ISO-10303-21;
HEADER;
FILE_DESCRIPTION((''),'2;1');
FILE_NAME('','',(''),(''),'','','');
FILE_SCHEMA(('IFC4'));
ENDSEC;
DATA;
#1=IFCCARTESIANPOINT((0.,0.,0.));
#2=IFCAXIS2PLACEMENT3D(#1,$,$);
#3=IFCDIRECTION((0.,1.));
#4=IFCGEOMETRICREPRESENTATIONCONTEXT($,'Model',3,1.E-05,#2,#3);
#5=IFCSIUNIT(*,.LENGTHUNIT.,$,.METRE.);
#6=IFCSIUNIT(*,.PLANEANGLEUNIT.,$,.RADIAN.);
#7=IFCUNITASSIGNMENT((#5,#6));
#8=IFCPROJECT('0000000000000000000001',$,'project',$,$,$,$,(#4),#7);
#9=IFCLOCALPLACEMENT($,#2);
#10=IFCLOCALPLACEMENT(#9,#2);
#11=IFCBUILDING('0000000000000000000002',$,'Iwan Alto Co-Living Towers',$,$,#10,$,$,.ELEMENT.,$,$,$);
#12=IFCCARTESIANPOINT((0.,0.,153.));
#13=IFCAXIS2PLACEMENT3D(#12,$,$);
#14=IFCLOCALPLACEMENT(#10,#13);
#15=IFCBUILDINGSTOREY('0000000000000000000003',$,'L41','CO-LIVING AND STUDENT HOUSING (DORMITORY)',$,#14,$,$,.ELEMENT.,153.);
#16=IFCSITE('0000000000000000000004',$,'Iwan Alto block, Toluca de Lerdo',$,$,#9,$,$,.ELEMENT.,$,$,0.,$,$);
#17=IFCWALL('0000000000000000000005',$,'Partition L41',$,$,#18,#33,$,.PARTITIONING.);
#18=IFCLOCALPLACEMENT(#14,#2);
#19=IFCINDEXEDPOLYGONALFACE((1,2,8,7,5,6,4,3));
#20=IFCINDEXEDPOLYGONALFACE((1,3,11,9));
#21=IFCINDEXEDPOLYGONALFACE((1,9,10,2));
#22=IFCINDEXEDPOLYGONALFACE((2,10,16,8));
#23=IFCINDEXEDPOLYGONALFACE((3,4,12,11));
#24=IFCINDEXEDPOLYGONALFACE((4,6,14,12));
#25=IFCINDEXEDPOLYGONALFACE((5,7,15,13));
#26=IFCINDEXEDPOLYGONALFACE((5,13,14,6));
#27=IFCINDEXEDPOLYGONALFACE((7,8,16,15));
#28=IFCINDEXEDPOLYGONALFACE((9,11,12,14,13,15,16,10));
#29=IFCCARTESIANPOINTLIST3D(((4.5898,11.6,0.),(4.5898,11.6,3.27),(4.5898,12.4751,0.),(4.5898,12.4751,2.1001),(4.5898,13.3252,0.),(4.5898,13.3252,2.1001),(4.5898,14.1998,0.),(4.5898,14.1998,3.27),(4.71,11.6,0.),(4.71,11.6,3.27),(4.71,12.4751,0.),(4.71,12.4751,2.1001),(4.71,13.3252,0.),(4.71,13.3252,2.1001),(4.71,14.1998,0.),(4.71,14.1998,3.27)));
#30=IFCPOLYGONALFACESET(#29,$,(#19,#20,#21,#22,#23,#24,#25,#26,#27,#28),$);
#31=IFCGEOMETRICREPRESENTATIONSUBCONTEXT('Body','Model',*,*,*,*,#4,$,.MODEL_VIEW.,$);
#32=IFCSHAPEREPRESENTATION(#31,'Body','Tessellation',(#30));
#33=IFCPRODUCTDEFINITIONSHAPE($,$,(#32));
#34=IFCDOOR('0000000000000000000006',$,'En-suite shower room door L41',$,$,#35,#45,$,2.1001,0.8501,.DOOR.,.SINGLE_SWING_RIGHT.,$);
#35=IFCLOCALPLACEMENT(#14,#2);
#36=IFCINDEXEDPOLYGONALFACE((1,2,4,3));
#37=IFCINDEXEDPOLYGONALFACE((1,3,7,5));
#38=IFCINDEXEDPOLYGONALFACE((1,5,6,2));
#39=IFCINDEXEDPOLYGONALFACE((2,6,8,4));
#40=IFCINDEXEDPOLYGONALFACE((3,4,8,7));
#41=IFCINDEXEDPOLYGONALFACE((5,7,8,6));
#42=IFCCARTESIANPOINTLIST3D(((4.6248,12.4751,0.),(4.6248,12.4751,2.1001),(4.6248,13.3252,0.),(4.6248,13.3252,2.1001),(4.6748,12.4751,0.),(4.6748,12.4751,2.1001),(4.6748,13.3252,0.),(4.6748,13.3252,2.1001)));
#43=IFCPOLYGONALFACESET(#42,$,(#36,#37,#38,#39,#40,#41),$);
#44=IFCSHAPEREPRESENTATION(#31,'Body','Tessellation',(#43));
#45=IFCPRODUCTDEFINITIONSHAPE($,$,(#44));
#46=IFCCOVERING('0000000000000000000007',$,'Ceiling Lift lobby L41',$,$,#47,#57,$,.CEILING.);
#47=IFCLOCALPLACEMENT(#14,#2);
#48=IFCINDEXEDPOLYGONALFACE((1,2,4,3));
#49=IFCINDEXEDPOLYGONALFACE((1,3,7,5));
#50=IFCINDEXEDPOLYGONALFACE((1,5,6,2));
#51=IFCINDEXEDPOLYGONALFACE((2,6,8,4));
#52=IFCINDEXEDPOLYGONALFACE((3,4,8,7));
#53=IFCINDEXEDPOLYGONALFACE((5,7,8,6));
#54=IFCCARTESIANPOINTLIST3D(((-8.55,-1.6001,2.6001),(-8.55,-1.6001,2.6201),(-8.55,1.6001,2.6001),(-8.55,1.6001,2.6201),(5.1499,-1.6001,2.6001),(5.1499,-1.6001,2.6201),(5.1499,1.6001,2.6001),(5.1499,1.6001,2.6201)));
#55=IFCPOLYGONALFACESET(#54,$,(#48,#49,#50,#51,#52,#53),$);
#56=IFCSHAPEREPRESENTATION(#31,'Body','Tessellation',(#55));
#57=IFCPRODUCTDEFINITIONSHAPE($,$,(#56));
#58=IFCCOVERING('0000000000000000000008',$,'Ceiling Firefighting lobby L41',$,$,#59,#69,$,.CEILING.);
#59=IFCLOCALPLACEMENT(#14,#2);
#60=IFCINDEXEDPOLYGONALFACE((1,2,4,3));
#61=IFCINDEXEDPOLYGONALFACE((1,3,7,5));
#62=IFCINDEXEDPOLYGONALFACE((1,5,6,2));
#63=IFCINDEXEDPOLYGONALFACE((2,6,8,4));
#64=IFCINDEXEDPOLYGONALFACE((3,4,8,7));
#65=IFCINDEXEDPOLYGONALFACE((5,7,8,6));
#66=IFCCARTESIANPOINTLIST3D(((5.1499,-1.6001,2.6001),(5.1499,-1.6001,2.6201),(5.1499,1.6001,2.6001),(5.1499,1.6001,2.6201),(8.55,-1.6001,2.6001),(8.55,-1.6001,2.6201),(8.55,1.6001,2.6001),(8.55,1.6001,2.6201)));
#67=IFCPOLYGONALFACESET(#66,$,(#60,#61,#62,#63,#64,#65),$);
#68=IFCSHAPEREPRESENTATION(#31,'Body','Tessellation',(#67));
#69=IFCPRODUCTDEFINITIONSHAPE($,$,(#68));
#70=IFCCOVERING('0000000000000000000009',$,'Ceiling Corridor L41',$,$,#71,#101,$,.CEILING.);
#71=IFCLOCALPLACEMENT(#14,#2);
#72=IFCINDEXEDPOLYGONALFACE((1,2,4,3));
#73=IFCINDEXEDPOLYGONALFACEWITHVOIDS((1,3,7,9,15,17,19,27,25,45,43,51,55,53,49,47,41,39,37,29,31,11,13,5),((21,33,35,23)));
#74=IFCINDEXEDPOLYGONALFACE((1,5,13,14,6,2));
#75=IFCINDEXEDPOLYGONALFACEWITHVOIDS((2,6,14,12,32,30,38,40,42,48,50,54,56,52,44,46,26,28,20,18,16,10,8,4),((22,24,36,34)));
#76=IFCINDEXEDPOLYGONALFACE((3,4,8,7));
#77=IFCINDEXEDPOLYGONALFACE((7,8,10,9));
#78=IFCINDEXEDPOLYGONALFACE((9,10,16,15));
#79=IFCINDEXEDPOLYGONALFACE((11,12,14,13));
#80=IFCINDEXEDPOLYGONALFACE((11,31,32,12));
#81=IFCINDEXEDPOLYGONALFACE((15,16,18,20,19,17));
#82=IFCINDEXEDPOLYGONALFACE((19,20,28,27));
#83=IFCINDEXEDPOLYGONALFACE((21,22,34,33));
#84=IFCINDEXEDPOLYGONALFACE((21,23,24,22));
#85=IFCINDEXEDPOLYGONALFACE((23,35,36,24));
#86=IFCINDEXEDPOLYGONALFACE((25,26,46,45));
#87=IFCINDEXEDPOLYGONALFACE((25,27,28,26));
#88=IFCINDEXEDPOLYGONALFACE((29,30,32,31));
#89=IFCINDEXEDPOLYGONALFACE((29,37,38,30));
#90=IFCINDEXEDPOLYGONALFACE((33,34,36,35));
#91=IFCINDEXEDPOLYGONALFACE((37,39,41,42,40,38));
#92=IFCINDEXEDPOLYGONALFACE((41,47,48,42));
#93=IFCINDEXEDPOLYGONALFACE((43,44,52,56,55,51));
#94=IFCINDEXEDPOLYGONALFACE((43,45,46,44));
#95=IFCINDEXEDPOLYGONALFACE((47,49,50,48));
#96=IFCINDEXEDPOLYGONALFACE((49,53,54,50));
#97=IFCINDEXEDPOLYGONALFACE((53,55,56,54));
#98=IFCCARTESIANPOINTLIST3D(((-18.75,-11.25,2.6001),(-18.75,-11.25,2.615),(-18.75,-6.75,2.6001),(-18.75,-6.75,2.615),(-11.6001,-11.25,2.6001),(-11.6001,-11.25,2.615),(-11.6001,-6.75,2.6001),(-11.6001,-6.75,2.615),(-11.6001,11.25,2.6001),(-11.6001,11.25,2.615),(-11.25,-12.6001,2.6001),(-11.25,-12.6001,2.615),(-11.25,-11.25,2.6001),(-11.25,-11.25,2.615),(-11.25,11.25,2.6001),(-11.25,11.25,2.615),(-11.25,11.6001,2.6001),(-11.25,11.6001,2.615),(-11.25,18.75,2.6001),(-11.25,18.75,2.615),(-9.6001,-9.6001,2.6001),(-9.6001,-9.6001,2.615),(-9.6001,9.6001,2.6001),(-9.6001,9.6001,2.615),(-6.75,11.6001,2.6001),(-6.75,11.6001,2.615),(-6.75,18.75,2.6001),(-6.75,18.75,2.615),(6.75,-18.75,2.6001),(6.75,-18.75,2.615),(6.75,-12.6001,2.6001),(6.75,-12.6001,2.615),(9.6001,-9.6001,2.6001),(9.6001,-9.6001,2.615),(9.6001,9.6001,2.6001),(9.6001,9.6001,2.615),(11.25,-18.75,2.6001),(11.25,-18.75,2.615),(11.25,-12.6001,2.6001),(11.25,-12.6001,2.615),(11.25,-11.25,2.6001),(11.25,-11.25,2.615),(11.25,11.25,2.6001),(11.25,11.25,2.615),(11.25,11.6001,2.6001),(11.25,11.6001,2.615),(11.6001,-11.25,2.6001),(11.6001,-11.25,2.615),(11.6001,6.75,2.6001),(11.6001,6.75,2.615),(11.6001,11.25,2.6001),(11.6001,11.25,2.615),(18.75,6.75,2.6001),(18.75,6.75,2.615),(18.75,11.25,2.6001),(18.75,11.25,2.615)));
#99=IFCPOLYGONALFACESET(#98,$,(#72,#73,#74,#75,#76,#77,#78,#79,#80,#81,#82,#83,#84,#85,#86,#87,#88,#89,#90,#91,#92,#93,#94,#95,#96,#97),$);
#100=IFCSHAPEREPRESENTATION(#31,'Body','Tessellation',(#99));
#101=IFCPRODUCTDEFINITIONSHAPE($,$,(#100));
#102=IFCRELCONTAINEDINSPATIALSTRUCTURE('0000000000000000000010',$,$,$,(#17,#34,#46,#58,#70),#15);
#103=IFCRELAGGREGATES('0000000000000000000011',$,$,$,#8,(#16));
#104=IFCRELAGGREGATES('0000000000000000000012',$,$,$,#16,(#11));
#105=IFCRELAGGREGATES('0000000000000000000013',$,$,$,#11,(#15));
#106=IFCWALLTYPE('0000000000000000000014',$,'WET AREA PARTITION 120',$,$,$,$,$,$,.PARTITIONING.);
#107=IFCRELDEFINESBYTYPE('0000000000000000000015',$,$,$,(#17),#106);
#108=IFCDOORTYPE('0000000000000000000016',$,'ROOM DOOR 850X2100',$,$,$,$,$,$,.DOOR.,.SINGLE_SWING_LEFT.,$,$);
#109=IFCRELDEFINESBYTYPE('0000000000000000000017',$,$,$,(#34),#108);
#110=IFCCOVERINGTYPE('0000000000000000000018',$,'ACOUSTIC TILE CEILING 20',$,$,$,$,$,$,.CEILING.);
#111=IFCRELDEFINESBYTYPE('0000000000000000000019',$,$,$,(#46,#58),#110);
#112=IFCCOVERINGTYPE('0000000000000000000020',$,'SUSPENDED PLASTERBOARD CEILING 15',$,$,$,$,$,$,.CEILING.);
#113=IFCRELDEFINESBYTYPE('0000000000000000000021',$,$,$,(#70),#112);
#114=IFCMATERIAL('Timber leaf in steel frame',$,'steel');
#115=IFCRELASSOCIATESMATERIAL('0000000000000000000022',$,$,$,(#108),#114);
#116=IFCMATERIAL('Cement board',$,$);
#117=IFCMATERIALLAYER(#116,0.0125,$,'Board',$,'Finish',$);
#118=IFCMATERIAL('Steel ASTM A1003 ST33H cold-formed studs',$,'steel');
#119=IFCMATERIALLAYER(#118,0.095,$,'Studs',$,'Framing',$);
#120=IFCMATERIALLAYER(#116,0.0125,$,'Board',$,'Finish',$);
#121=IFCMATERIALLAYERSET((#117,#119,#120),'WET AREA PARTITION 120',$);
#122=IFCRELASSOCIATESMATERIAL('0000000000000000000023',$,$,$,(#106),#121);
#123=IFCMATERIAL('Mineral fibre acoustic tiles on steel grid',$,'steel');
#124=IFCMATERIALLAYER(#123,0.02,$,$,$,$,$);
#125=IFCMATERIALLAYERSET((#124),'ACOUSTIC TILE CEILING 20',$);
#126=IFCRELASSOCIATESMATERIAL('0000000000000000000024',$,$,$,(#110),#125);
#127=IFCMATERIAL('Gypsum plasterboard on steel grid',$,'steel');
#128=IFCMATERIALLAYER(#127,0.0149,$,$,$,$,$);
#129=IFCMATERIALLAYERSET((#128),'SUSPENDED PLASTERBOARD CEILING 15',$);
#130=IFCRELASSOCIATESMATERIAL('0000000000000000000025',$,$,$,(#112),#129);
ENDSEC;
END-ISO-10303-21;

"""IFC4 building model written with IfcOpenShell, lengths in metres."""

from ifc_helpers import new_model, si_unit, direction, frame, frame_2d, origin, place, context, subcontext, project, spatial, polyline, rectangle, outline, extrude, material, layer, layer_set, type_object, element, fill, save


model = new_model("IFC4")

# Units and contexts
model_context = context("Model", 3, precision=1e-05, world=origin(), true_north=direction((0.0, 1.0)))
body_context = subcontext(model_context, "Body", "Model", "MODEL_VIEW")
ifc_project = project(units=[si_unit("LENGTHUNIT", "METRE"), si_unit("PLANEANGLEUNIT", "RADIAN")], contexts=[model_context])

# Site, building, storey
site_placement = place(None, origin())
site = spatial("IfcSite", under=ifc_project, at=site_placement, Name="Iwan Alto block, Toluca de Lerdo", CompositionType="ELEMENT", RefElevation=0.0)
building_placement = place(site_placement, origin())
building = spatial("IfcBuilding", under=site, at=building_placement, Name="Iwan Alto Co-Living Towers", CompositionType="ELEMENT")
storey_placement = place(building_placement, frame((0.0, 0.0, 153.0)))
storey = spatial("IfcBuildingStorey", under=building, at=storey_placement, Name="L41", Description="CO-LIVING AND STUDENT HOUSING (DORMITORY)", CompositionType="ELEMENT", Elevation=153.0)

# Shared definitions
ifc_material_1 = material(Name="Steel ASTM A1003 ST33H cold-formed studs", Category="steel")
ifc_material_2 = material(Name="Timber leaf in steel frame", Category="steel")
door_type_1 = type_object("IfcDoorType", Name="ROOM DOOR 850X2100", OperationType="SINGLE_SWING_LEFT", PredefinedType="DOOR", material=ifc_material_2)

# Wall, opening, door
ifc_material_3 = material(Name="Cement board")
ifc_layer_1 = layer(ifc_material_3, 0.0125, Name="Board", Category="Finish")
ifc_layer_2 = layer(ifc_material_1, 0.095, Name="Studs", Category="Framing")
ifc_layer_3 = layer(ifc_material_3, 0.0125, Name="Board", Category="Finish")
ifc_layer_set_1 = layer_set([ifc_layer_1, ifc_layer_2, ifc_layer_3], Name="WET AREA PARTITION 120")
wall_type_1 = type_object("IfcWallType", Name="WET AREA PARTITION 120", PredefinedType="PARTITIONING", material=ifc_layer_set_1)
wall_1_placement = place(storey_placement, frame((4.6499, 11.6001, 0.0), z_axis=(0.0, 0.0, 1.0), x_axis=(0.0, 1.0, 0.0)))
wall_1 = element("IfcWall", 1, at=wall_1_placement, inside=storey, type_object=wall_type_1, Name="Partition L41", PredefinedType="PARTITIONING", context=body_context, shape_type="SweptSolid", body=[
    extrude(rectangle(XDim=2.5999, YDim=0.1201, at=frame_2d((1.2998, 0.0))), origin(), (0.0, 0.0, 1.0), 3.27),
])
opening_1_placement = place(wall_1_placement, frame((0.875, 0.0, 0.0)))
opening_1 = element("IfcOpeningElement", 2, at=opening_1_placement, cuts=wall_1, PredefinedType="OPENING", context=body_context, shape_type="SweptSolid", body=[
    extrude(rectangle(XDim=0.8501, YDim=2.1001, at=frame_2d((0.425, 1.05))), frame((0.0, 0.0701, 0.0), z_axis=(0.0, -1.0, 0.0), x_axis=(1.0, 0.0, 0.0)), (0.0, 0.0, 1.0), 0.1401),
])
door_1_placement = place(opening_1_placement, frame((0.8501, 0.0, 0.0), z_axis=(0.0, 0.0, 1.0), x_axis=(-1.0, 0.0, 0.0)))
door_1 = element("IfcDoor", 3, at=door_1_placement, inside=storey, type_object=door_type_1, Name="En-suite shower room door L41", OperationType="SINGLE_SWING_RIGHT", OverallHeight=2.1001, OverallWidth=0.8501, PredefinedType="DOOR", context=body_context, shape_type="SweptSolid", body=[
    extrude(rectangle(XDim=0.8501, YDim=2.1001, at=frame_2d((0.425, 1.05))), frame((0.0, 0.0249, 0.0), z_axis=(0.0, -1.0, 0.0), x_axis=(1.0, 0.0, 0.0)), (0.0, 0.0, 1.0), 0.05),
])
fill(opening_1, door_1)

# Coverings
ifc_material_4 = material(Name="Mineral fibre acoustic tiles on steel grid", Category="steel")
ifc_layer_4 = layer(ifc_material_4, 0.02)
ifc_layer_set_2 = layer_set([ifc_layer_4], Name="ACOUSTIC TILE CEILING 20")
covering_type_1 = type_object("IfcCoveringType", Name="ACOUSTIC TILE CEILING 20", PredefinedType="CEILING", material=ifc_layer_set_2)
covering_1_placement = place(storey_placement, frame((0.0, 0.0, 2.6001)))
element("IfcCovering", 4, at=covering_1_placement, inside=storey, type_object=covering_type_1, Name="Ceiling Lift lobby L41", PredefinedType="CEILING", context=body_context, shape_type="SweptSolid", body=[
    extrude(outline(polyline([(-8.55, -1.6001), (-8.55, 1.6001), (5.1499, 1.6001), (5.1499, -1.6001), (-8.55, -1.6001)])), origin(), (0.0, 0.0, 1.0), 0.02),
])
covering_2_placement = place(storey_placement, frame((0.0, 0.0, 2.6001)))
element("IfcCovering", 5, at=covering_2_placement, inside=storey, type_object=covering_type_1, Name="Ceiling Firefighting lobby L41", PredefinedType="CEILING", context=body_context, shape_type="SweptSolid", body=[
    extrude(outline(polyline([(5.1499, -1.6001), (5.1499, 1.6001), (8.55, 1.6001), (8.55, -1.6001), (5.1499, -1.6001)])), origin(), (0.0, 0.0, 1.0), 0.02),
])
ifc_material_5 = material(Name="Gypsum plasterboard on steel grid", Category="steel")
ifc_layer_5 = layer(ifc_material_5, 0.0149)
ifc_layer_set_3 = layer_set([ifc_layer_5], Name="SUSPENDED PLASTERBOARD CEILING 15")
covering_type_2 = type_object("IfcCoveringType", Name="SUSPENDED PLASTERBOARD CEILING 15", PredefinedType="CEILING", material=ifc_layer_set_3)
covering_3_placement = place(storey_placement, frame((0.0, 0.0, 2.6001)))
element("IfcCovering", 6, at=covering_3_placement, inside=storey, type_object=covering_type_2, Name="Ceiling Corridor L41", PredefinedType="CEILING", context=body_context, shape_type="SweptSolid", body=[
    extrude(outline(polyline([(-18.75, -6.75), (-11.6001, -6.75), (-11.6001, 11.25), (-11.25, 11.25), (-11.25, 11.6001), (-11.25, 18.75), (-6.75, 18.75), (-6.75, 11.6001), (11.25, 11.6001), (11.25, 11.25), (11.6001, 11.25), (18.75, 11.25), (18.75, 6.75), (11.6001, 6.75), (11.6001, -11.25), (11.25, -11.25), (11.25, -12.6001), (11.25, -18.75), (6.75, -18.75), (6.75, -12.6001), (-11.25, -12.6001), (-11.25, -11.25), (-11.6001, -11.25), (-18.75, -11.25), (-18.75, -6.75)]), holes=[polyline([(9.6001, 9.6001), (-9.6001, 9.6001), (-9.6001, -9.6001), (9.6001, -9.6001), (9.6001, 9.6001)])]), origin(), (0.0, 0.0, 1.0), 0.0149),
])

save(model, "model.ifc")
